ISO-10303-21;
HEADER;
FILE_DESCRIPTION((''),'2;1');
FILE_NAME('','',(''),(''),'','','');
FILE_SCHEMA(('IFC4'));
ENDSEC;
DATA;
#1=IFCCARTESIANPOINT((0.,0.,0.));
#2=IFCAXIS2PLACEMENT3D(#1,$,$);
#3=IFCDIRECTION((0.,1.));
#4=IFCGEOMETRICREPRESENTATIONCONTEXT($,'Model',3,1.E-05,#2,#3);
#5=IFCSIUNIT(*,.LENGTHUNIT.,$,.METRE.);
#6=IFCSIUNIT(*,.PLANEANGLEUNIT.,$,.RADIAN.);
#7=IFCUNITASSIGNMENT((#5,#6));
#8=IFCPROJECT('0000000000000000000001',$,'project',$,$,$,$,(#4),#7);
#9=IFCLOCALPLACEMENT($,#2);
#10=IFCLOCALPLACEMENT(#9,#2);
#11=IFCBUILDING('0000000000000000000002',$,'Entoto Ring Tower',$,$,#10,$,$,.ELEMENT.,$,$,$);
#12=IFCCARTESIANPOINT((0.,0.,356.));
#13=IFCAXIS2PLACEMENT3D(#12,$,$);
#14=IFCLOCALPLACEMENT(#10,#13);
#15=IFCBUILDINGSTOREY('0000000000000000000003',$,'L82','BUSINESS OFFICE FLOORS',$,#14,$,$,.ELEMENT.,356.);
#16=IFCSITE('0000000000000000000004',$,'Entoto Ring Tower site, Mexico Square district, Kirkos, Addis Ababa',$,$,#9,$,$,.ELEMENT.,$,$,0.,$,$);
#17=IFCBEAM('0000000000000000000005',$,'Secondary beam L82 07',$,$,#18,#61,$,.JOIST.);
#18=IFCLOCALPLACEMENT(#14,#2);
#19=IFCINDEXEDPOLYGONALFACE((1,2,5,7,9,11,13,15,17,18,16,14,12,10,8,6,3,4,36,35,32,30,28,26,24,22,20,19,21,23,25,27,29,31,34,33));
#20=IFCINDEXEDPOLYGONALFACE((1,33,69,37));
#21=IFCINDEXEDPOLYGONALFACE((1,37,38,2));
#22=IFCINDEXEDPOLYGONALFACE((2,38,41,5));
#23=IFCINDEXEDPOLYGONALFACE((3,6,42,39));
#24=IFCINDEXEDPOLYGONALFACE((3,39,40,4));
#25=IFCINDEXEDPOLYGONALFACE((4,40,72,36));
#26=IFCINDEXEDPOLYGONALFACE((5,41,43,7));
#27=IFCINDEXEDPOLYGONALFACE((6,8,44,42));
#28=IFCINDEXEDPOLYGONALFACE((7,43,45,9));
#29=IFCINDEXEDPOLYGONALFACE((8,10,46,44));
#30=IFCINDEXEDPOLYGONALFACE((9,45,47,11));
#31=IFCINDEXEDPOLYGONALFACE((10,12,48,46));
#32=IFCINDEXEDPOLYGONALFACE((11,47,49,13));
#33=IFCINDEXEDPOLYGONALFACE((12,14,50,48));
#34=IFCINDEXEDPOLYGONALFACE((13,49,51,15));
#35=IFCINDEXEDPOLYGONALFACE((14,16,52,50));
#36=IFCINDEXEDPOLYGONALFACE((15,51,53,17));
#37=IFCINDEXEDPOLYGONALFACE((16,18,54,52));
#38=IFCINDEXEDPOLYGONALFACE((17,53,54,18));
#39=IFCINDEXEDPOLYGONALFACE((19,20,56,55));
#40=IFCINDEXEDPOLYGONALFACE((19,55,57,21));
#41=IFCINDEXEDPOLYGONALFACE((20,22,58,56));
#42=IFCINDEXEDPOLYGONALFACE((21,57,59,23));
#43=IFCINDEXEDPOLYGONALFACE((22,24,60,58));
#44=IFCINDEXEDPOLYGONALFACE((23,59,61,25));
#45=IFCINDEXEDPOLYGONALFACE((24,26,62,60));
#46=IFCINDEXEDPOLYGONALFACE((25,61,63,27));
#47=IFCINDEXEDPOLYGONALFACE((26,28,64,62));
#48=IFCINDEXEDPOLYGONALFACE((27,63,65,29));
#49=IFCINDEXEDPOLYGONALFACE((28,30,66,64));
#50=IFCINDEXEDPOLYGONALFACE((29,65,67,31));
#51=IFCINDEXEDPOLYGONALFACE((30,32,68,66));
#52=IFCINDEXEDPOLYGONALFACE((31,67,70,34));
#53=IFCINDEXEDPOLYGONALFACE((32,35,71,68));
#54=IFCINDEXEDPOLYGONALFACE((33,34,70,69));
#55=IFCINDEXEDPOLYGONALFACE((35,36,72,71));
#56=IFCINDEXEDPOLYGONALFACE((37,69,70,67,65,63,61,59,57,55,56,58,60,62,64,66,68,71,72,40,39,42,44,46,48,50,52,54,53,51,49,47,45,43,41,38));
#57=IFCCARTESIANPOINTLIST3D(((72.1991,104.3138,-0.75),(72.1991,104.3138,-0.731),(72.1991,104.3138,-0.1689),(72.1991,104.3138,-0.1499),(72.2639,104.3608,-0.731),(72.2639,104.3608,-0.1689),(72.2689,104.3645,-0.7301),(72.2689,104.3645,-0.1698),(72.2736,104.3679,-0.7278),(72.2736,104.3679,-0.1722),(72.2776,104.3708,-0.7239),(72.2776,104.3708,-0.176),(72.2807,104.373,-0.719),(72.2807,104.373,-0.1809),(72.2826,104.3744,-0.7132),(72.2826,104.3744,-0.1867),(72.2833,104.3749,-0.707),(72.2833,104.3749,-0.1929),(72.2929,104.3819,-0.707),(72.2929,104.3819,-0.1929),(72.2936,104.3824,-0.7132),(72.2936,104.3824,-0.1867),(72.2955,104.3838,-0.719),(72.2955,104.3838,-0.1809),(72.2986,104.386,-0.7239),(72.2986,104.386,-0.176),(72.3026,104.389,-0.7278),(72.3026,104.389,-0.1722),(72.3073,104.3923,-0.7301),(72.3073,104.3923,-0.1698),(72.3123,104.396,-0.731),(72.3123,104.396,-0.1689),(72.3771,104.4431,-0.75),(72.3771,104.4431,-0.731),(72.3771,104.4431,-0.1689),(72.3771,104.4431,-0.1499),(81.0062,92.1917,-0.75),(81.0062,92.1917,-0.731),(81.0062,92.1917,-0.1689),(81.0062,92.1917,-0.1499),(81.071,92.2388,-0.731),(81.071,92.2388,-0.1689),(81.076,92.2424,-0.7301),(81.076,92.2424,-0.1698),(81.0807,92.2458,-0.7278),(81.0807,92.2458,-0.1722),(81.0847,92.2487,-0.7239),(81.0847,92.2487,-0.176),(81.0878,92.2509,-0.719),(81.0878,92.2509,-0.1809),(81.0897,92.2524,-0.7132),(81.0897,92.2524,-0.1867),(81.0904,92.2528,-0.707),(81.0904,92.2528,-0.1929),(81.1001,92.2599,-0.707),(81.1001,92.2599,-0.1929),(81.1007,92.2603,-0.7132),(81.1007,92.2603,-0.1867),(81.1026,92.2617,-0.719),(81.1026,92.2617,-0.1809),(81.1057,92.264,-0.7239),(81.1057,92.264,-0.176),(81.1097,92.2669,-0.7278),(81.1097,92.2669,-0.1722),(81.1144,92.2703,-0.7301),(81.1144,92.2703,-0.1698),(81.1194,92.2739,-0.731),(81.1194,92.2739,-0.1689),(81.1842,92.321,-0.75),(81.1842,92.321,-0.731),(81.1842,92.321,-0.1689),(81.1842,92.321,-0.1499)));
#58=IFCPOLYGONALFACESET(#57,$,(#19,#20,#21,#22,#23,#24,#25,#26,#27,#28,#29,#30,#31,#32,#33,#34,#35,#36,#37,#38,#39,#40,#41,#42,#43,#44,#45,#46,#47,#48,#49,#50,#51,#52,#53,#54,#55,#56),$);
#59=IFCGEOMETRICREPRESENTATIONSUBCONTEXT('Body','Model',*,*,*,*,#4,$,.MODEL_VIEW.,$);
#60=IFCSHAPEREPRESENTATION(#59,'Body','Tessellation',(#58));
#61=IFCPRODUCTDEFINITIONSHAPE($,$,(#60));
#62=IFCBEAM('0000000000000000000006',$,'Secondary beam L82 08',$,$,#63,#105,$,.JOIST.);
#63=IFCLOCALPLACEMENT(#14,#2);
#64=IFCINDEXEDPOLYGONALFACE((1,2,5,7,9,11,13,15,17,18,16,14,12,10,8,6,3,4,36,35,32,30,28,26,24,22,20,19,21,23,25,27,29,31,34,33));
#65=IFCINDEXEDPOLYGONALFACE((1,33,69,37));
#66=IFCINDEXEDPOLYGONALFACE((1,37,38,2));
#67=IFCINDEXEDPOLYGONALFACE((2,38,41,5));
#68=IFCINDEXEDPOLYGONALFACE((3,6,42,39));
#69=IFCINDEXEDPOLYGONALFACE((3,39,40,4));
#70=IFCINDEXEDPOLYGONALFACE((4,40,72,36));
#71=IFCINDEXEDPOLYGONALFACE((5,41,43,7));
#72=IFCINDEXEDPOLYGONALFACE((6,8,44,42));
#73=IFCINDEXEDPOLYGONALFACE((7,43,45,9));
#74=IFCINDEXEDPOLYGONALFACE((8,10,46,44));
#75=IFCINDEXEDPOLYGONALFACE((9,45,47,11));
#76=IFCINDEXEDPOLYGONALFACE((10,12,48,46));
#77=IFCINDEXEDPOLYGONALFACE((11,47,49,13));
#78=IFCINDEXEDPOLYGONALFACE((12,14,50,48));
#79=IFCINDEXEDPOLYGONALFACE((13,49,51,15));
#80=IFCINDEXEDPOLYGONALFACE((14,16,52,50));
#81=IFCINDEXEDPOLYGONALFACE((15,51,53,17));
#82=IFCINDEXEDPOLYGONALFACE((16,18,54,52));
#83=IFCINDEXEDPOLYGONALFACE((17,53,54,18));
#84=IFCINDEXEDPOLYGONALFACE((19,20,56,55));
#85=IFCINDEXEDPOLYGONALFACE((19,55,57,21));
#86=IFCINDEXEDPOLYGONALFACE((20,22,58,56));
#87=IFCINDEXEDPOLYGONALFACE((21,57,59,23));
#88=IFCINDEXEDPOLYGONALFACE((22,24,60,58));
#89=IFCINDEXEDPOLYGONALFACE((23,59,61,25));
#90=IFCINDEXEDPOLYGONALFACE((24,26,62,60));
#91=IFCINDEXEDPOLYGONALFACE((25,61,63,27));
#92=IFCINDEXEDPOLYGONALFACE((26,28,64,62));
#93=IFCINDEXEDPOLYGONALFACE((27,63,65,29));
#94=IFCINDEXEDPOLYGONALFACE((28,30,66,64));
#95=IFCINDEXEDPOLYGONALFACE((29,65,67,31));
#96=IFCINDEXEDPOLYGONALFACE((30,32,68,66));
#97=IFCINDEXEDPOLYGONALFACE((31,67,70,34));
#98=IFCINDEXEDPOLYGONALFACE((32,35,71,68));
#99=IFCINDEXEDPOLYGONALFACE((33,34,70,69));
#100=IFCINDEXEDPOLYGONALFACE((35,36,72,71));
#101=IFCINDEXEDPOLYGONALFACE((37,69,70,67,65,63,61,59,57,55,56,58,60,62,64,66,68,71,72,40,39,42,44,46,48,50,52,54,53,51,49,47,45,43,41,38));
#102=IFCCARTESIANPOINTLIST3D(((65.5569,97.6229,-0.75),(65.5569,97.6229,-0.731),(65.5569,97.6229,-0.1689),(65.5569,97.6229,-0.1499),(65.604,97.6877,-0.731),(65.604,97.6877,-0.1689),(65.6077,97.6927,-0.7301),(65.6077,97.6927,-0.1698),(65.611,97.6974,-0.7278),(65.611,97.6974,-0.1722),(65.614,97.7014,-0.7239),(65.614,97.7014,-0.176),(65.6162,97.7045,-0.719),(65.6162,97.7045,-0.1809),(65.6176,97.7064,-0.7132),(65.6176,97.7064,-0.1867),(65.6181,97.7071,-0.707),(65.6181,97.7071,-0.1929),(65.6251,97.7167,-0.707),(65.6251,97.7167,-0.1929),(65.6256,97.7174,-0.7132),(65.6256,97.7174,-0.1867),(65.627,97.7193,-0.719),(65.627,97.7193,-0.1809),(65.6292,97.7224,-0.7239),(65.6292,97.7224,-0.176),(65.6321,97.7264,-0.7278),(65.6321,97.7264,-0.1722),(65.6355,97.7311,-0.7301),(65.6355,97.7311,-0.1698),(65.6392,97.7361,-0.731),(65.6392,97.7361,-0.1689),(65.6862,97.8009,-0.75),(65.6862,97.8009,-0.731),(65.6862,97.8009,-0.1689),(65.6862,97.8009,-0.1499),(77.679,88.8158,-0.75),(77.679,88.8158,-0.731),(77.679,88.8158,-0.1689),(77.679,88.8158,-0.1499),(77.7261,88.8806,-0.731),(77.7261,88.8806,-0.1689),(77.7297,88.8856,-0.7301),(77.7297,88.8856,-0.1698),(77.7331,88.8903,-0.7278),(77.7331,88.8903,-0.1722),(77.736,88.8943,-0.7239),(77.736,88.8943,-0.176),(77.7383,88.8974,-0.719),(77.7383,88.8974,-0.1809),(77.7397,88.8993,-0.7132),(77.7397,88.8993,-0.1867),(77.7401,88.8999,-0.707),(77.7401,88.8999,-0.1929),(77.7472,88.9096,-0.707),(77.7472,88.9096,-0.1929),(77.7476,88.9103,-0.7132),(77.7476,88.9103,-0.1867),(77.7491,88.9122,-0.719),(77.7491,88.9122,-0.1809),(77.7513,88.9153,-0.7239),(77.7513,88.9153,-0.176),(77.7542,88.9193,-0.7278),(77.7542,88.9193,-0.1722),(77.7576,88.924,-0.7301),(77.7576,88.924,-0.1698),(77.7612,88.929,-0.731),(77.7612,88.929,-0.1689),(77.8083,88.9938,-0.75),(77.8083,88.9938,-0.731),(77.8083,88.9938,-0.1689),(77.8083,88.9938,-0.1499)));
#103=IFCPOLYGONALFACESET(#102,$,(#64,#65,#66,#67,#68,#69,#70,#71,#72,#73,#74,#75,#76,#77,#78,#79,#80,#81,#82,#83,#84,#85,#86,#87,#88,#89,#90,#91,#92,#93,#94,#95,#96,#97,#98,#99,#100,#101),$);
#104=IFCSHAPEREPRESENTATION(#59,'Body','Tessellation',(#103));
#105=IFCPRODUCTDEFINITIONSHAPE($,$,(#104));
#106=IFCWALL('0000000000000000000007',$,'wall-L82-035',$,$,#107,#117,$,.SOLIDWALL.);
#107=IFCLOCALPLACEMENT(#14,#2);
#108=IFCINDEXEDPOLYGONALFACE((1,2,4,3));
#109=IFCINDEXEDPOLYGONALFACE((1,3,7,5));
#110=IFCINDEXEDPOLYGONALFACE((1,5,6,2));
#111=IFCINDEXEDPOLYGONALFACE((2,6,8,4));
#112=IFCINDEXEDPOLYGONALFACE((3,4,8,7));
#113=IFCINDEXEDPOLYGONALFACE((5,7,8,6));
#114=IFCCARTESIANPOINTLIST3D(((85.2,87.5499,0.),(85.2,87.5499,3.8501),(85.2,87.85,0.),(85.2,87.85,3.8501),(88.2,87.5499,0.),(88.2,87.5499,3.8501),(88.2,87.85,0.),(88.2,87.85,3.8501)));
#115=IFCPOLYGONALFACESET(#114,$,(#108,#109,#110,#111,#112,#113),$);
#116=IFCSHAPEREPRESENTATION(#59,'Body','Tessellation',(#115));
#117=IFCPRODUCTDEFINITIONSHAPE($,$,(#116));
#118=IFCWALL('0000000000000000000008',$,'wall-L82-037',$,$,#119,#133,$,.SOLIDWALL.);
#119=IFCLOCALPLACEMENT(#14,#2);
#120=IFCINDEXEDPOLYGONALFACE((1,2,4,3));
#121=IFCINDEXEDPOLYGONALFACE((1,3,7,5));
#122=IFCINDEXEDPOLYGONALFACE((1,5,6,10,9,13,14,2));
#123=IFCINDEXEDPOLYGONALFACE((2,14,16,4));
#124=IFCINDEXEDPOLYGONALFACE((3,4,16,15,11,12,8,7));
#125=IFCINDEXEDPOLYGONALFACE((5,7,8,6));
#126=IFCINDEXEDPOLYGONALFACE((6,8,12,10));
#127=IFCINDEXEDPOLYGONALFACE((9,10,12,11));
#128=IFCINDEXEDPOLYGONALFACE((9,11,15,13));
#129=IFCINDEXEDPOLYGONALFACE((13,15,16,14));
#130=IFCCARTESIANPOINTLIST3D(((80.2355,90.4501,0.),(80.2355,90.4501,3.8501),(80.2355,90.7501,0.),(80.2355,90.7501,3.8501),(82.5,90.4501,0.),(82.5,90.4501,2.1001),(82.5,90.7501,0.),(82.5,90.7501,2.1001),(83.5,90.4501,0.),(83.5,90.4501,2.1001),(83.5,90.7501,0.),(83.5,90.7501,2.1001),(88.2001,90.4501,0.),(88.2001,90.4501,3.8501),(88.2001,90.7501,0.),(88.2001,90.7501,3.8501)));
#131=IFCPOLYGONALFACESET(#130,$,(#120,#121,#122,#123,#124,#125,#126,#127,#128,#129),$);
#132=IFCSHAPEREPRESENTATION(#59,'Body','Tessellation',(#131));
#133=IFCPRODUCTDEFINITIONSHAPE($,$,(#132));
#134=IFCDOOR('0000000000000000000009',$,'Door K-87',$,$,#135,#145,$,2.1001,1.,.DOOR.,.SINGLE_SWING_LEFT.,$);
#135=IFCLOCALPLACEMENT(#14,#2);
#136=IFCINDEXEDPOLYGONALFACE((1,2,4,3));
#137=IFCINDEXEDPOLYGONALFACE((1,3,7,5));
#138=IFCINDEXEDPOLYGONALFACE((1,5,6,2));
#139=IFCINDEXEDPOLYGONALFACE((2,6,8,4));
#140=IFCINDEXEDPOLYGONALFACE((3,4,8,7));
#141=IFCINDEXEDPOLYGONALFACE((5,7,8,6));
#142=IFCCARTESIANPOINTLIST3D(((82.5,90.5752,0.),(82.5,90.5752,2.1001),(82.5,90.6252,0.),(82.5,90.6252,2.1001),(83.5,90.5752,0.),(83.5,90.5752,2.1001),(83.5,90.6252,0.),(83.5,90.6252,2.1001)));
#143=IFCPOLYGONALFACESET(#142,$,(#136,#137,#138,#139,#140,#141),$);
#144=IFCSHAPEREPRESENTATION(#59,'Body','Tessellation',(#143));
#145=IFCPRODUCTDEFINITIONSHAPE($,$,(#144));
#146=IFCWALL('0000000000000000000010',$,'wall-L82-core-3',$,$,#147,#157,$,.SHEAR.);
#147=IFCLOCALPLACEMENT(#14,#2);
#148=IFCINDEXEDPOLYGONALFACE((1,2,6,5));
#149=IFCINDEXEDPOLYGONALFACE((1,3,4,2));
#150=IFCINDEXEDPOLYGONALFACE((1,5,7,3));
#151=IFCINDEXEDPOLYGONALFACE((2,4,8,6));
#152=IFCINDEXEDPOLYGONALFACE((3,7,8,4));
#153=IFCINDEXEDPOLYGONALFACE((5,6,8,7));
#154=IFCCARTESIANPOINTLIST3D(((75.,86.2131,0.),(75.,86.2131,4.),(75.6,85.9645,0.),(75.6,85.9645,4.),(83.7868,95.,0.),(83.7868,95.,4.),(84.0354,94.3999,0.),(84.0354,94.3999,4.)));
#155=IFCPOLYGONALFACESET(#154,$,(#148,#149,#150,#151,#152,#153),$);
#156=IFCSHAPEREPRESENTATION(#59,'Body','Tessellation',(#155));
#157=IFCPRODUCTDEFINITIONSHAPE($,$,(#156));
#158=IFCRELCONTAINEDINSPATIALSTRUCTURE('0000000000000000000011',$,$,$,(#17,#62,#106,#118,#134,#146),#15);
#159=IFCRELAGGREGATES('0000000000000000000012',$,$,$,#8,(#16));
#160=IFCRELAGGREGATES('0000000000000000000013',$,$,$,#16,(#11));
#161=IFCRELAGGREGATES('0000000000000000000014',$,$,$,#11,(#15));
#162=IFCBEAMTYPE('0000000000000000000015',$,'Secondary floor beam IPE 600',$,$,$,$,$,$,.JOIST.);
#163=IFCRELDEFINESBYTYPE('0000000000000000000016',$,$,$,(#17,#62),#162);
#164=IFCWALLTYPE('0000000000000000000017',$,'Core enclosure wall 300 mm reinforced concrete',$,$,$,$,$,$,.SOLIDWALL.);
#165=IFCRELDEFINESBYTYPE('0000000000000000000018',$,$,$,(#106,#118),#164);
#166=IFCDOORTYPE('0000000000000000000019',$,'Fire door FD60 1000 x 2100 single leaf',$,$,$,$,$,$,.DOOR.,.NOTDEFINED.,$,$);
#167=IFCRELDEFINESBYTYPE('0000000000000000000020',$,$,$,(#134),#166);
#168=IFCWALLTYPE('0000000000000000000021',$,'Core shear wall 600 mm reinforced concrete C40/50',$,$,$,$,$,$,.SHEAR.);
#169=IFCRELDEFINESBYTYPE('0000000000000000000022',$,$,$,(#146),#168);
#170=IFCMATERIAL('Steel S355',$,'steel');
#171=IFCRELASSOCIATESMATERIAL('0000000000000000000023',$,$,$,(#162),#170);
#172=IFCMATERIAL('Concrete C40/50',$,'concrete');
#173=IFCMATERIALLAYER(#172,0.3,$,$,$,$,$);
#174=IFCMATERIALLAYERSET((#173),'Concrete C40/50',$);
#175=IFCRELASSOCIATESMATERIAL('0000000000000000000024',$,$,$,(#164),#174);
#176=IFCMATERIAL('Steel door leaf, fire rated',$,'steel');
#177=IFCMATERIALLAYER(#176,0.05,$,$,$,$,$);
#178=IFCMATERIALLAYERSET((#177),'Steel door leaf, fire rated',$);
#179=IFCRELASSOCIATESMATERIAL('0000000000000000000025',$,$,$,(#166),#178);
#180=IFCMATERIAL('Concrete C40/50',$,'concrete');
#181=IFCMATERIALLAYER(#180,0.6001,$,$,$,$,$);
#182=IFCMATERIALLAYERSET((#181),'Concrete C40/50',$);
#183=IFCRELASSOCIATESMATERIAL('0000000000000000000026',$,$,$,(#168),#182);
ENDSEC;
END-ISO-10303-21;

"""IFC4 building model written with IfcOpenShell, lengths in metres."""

from ifc_helpers import new_model, si_unit, direction, frame, frame_2d, origin, origin_2d, place, context, subcontext, project, spatial, polyline, rectangle, i_section, outline, extrude, material, layer, layer_set, material_profile, profile_set, type_object, element, fill, save


model = new_model("IFC4")

# Units and contexts
model_context = context("Model", 3, precision=1e-05, world=origin(), true_north=direction((0.0, 1.0)))
body_context = subcontext(model_context, "Body", "Model", "MODEL_VIEW")
ifc_project = project(units=[si_unit("LENGTHUNIT", "METRE"), si_unit("PLANEANGLEUNIT", "RADIAN")], contexts=[model_context])

# Site, building, storey
site_placement = place(None, origin())
site = spatial("IfcSite", under=ifc_project, at=site_placement, Name="Entoto Ring Tower site, Mexico Square district, Kirkos, Addis Ababa", CompositionType="ELEMENT", RefElevation=0.0)
building_placement = place(site_placement, origin())
building = spatial("IfcBuilding", under=site, at=building_placement, Name="Entoto Ring Tower", CompositionType="ELEMENT")
storey_placement = place(building_placement, frame((0.0, 0.0, 356.0)))
storey = spatial("IfcBuildingStorey", under=building, at=storey_placement, Name="L82", Description="BUSINESS OFFICE FLOORS", CompositionType="ELEMENT", Elevation=356.0)

# Beams
ifc_material_1 = material(Name="Steel S355", Category="steel")
ifc_material_profile_1 = material_profile(ifc_material_1, i_section(OverallWidth=0.22, OverallDepth=0.6001, WebThickness=0.012, FlangeThickness=0.019, FilletRadius=0.0239, at=origin_2d()), Name="IPE 600")
ifc_profile_set_1 = profile_set([ifc_material_profile_1], Name="Steel S355")
beam_type_1 = type_object("IfcBeamType", Name="Secondary floor beam IPE 600", PredefinedType="JOIST", material=ifc_profile_set_1)
for number, where, z_axis, x_axis, name in (
    (1, (81.0952, 92.2563, -0.45), (-0.587782, 0.809019, 0.0), (-0.809019, -0.587782, 0.0), "Secondary beam L82 07"),
    (2, (77.7437, 88.9048, -0.45), (-0.809019, 0.587782, 0.0), (-0.587782, -0.809019, 0.0), "Secondary beam L82 08"),
):
    element("IfcBeam", number, at=place(storey_placement, frame(where, z_axis=z_axis, x_axis=x_axis)), inside=storey, type_object=beam_type_1, Name=name, PredefinedType="JOIST", context=body_context, shape_type="SweptSolid", body=[
        extrude(i_section(OverallWidth=0.22, OverallDepth=0.6001, WebThickness=0.012, FlangeThickness=0.019, FilletRadius=0.0239, at=origin_2d()), origin(), (0.0, 0.0, 1.0), 14.9836),
    ])

# Wall
ifc_material_2 = material(Name="Concrete C40/50", Category="concrete")
ifc_layer_1 = layer(ifc_material_2, 0.3)
ifc_layer_set_1 = layer_set([ifc_layer_1], Name="Concrete C40/50")
wall_type_1 = type_object("IfcWallType", Name="Core enclosure wall 300 mm reinforced concrete", PredefinedType="SOLIDWALL", material=ifc_layer_set_1)
wall_1_placement = place(storey_placement, frame((85.2, 87.7, 0.0), z_axis=(0.0, 0.0, 1.0), x_axis=(1.0, 0.0, 0.0)))
element("IfcWall", 3, at=wall_1_placement, inside=storey, type_object=wall_type_1, Name="wall-L82-035", PredefinedType="SOLIDWALL", context=body_context, shape_type="SweptSolid", body=[
    extrude(rectangle(XDim=3.0, YDim=0.3, at=frame_2d((1.5, 0.0))), origin(), (0.0, 0.0, 1.0), 3.8501),
])

# Wall, opening, door
wall_2_placement = place(storey_placement, frame((80.2354, 90.6001, 0.0), z_axis=(0.0, 0.0, 1.0), x_axis=(1.0, 0.0, 0.0)))
wall_2 = element("IfcWall", 4, at=wall_2_placement, inside=storey, type_object=wall_type_1, Name="wall-L82-037", PredefinedType="SOLIDWALL", context=body_context, shape_type="SweptSolid", body=[
    extrude(rectangle(XDim=7.9646, YDim=0.3, at=frame_2d((3.9824, 0.0))), origin(), (0.0, 0.0, 1.0), 3.8501),
])
opening_1_placement = place(wall_2_placement, frame((2.2646, 0.0, 0.0)))
opening_1 = element("IfcOpeningElement", 5, at=opening_1_placement, cuts=wall_2, PredefinedType="OPENING", context=body_context, shape_type="SweptSolid", body=[
    extrude(rectangle(XDim=1.0, YDim=2.1001, at=frame_2d((0.5, 1.05))), frame((0.0, 0.1602, 0.0), z_axis=(0.0, -1.0, 0.0), x_axis=(1.0, 0.0, 0.0)), (0.0, 0.0, 1.0), 0.3201),
])
ifc_material_3 = material(Name="Steel door leaf, fire rated", Category="steel")
ifc_layer_2 = layer(ifc_material_3, 0.05)
ifc_layer_set_2 = layer_set([ifc_layer_2], Name="Steel door leaf, fire rated")
door_type_1 = type_object("IfcDoorType", Name="Fire door FD60 1000 x 2100 single leaf", OperationType="NOTDEFINED", PredefinedType="DOOR", material=ifc_layer_set_2)
door_1_placement = place(opening_1_placement, frame((1.0, 0.0, 0.0), z_axis=(0.0, 0.0, 1.0), x_axis=(-1.0, 0.0, 0.0)))
door_1 = element("IfcDoor", 6, at=door_1_placement, inside=storey, type_object=door_type_1, Name="Door K-87", OperationType="SINGLE_SWING_LEFT", OverallHeight=2.1001, OverallWidth=1.0, PredefinedType="DOOR", context=body_context, shape_type="SweptSolid", body=[
    extrude(rectangle(XDim=1.0, YDim=2.1001, at=frame_2d((0.5, 1.05))), frame((0.0, 0.0249, 0.0), z_axis=(0.0, -1.0, 0.0), x_axis=(1.0, 0.0, 0.0)), (0.0, 0.0, 1.0), 0.05),
])
fill(opening_1, door_1)

# Wall
ifc_material_4 = material(Name="Concrete C40/50", Category="concrete")
ifc_layer_3 = layer(ifc_material_4, 0.6001)
ifc_layer_set_3 = layer_set([ifc_layer_3], Name="Concrete C40/50")
wall_type_2 = type_object("IfcWallType", Name="Core shear wall 600 mm reinforced concrete C40/50", PredefinedType="SHEAR", material=ifc_layer_set_3)
wall_3_placement = place(storey_placement, frame((83.9111, 94.7, 0.0), z_axis=(0.0, 0.0, 1.0), x_axis=(-0.707107, -0.707107, 0.0)))
element("IfcWall", 7, at=wall_3_placement, inside=storey, type_object=wall_type_2, Name="wall-L82-core-3", PredefinedType="SHEAR", context=body_context, shape_type="SweptSolid", body=[
    extrude(outline(polyline([(-0.1243, -0.3), (12.3022, -0.3), (12.0537, 0.3), (0.1243, 0.3), (-0.1243, -0.3)])), origin(), (0.0, 0.0, 1.0), 4.0),
])

save(model, "model.ifc")
